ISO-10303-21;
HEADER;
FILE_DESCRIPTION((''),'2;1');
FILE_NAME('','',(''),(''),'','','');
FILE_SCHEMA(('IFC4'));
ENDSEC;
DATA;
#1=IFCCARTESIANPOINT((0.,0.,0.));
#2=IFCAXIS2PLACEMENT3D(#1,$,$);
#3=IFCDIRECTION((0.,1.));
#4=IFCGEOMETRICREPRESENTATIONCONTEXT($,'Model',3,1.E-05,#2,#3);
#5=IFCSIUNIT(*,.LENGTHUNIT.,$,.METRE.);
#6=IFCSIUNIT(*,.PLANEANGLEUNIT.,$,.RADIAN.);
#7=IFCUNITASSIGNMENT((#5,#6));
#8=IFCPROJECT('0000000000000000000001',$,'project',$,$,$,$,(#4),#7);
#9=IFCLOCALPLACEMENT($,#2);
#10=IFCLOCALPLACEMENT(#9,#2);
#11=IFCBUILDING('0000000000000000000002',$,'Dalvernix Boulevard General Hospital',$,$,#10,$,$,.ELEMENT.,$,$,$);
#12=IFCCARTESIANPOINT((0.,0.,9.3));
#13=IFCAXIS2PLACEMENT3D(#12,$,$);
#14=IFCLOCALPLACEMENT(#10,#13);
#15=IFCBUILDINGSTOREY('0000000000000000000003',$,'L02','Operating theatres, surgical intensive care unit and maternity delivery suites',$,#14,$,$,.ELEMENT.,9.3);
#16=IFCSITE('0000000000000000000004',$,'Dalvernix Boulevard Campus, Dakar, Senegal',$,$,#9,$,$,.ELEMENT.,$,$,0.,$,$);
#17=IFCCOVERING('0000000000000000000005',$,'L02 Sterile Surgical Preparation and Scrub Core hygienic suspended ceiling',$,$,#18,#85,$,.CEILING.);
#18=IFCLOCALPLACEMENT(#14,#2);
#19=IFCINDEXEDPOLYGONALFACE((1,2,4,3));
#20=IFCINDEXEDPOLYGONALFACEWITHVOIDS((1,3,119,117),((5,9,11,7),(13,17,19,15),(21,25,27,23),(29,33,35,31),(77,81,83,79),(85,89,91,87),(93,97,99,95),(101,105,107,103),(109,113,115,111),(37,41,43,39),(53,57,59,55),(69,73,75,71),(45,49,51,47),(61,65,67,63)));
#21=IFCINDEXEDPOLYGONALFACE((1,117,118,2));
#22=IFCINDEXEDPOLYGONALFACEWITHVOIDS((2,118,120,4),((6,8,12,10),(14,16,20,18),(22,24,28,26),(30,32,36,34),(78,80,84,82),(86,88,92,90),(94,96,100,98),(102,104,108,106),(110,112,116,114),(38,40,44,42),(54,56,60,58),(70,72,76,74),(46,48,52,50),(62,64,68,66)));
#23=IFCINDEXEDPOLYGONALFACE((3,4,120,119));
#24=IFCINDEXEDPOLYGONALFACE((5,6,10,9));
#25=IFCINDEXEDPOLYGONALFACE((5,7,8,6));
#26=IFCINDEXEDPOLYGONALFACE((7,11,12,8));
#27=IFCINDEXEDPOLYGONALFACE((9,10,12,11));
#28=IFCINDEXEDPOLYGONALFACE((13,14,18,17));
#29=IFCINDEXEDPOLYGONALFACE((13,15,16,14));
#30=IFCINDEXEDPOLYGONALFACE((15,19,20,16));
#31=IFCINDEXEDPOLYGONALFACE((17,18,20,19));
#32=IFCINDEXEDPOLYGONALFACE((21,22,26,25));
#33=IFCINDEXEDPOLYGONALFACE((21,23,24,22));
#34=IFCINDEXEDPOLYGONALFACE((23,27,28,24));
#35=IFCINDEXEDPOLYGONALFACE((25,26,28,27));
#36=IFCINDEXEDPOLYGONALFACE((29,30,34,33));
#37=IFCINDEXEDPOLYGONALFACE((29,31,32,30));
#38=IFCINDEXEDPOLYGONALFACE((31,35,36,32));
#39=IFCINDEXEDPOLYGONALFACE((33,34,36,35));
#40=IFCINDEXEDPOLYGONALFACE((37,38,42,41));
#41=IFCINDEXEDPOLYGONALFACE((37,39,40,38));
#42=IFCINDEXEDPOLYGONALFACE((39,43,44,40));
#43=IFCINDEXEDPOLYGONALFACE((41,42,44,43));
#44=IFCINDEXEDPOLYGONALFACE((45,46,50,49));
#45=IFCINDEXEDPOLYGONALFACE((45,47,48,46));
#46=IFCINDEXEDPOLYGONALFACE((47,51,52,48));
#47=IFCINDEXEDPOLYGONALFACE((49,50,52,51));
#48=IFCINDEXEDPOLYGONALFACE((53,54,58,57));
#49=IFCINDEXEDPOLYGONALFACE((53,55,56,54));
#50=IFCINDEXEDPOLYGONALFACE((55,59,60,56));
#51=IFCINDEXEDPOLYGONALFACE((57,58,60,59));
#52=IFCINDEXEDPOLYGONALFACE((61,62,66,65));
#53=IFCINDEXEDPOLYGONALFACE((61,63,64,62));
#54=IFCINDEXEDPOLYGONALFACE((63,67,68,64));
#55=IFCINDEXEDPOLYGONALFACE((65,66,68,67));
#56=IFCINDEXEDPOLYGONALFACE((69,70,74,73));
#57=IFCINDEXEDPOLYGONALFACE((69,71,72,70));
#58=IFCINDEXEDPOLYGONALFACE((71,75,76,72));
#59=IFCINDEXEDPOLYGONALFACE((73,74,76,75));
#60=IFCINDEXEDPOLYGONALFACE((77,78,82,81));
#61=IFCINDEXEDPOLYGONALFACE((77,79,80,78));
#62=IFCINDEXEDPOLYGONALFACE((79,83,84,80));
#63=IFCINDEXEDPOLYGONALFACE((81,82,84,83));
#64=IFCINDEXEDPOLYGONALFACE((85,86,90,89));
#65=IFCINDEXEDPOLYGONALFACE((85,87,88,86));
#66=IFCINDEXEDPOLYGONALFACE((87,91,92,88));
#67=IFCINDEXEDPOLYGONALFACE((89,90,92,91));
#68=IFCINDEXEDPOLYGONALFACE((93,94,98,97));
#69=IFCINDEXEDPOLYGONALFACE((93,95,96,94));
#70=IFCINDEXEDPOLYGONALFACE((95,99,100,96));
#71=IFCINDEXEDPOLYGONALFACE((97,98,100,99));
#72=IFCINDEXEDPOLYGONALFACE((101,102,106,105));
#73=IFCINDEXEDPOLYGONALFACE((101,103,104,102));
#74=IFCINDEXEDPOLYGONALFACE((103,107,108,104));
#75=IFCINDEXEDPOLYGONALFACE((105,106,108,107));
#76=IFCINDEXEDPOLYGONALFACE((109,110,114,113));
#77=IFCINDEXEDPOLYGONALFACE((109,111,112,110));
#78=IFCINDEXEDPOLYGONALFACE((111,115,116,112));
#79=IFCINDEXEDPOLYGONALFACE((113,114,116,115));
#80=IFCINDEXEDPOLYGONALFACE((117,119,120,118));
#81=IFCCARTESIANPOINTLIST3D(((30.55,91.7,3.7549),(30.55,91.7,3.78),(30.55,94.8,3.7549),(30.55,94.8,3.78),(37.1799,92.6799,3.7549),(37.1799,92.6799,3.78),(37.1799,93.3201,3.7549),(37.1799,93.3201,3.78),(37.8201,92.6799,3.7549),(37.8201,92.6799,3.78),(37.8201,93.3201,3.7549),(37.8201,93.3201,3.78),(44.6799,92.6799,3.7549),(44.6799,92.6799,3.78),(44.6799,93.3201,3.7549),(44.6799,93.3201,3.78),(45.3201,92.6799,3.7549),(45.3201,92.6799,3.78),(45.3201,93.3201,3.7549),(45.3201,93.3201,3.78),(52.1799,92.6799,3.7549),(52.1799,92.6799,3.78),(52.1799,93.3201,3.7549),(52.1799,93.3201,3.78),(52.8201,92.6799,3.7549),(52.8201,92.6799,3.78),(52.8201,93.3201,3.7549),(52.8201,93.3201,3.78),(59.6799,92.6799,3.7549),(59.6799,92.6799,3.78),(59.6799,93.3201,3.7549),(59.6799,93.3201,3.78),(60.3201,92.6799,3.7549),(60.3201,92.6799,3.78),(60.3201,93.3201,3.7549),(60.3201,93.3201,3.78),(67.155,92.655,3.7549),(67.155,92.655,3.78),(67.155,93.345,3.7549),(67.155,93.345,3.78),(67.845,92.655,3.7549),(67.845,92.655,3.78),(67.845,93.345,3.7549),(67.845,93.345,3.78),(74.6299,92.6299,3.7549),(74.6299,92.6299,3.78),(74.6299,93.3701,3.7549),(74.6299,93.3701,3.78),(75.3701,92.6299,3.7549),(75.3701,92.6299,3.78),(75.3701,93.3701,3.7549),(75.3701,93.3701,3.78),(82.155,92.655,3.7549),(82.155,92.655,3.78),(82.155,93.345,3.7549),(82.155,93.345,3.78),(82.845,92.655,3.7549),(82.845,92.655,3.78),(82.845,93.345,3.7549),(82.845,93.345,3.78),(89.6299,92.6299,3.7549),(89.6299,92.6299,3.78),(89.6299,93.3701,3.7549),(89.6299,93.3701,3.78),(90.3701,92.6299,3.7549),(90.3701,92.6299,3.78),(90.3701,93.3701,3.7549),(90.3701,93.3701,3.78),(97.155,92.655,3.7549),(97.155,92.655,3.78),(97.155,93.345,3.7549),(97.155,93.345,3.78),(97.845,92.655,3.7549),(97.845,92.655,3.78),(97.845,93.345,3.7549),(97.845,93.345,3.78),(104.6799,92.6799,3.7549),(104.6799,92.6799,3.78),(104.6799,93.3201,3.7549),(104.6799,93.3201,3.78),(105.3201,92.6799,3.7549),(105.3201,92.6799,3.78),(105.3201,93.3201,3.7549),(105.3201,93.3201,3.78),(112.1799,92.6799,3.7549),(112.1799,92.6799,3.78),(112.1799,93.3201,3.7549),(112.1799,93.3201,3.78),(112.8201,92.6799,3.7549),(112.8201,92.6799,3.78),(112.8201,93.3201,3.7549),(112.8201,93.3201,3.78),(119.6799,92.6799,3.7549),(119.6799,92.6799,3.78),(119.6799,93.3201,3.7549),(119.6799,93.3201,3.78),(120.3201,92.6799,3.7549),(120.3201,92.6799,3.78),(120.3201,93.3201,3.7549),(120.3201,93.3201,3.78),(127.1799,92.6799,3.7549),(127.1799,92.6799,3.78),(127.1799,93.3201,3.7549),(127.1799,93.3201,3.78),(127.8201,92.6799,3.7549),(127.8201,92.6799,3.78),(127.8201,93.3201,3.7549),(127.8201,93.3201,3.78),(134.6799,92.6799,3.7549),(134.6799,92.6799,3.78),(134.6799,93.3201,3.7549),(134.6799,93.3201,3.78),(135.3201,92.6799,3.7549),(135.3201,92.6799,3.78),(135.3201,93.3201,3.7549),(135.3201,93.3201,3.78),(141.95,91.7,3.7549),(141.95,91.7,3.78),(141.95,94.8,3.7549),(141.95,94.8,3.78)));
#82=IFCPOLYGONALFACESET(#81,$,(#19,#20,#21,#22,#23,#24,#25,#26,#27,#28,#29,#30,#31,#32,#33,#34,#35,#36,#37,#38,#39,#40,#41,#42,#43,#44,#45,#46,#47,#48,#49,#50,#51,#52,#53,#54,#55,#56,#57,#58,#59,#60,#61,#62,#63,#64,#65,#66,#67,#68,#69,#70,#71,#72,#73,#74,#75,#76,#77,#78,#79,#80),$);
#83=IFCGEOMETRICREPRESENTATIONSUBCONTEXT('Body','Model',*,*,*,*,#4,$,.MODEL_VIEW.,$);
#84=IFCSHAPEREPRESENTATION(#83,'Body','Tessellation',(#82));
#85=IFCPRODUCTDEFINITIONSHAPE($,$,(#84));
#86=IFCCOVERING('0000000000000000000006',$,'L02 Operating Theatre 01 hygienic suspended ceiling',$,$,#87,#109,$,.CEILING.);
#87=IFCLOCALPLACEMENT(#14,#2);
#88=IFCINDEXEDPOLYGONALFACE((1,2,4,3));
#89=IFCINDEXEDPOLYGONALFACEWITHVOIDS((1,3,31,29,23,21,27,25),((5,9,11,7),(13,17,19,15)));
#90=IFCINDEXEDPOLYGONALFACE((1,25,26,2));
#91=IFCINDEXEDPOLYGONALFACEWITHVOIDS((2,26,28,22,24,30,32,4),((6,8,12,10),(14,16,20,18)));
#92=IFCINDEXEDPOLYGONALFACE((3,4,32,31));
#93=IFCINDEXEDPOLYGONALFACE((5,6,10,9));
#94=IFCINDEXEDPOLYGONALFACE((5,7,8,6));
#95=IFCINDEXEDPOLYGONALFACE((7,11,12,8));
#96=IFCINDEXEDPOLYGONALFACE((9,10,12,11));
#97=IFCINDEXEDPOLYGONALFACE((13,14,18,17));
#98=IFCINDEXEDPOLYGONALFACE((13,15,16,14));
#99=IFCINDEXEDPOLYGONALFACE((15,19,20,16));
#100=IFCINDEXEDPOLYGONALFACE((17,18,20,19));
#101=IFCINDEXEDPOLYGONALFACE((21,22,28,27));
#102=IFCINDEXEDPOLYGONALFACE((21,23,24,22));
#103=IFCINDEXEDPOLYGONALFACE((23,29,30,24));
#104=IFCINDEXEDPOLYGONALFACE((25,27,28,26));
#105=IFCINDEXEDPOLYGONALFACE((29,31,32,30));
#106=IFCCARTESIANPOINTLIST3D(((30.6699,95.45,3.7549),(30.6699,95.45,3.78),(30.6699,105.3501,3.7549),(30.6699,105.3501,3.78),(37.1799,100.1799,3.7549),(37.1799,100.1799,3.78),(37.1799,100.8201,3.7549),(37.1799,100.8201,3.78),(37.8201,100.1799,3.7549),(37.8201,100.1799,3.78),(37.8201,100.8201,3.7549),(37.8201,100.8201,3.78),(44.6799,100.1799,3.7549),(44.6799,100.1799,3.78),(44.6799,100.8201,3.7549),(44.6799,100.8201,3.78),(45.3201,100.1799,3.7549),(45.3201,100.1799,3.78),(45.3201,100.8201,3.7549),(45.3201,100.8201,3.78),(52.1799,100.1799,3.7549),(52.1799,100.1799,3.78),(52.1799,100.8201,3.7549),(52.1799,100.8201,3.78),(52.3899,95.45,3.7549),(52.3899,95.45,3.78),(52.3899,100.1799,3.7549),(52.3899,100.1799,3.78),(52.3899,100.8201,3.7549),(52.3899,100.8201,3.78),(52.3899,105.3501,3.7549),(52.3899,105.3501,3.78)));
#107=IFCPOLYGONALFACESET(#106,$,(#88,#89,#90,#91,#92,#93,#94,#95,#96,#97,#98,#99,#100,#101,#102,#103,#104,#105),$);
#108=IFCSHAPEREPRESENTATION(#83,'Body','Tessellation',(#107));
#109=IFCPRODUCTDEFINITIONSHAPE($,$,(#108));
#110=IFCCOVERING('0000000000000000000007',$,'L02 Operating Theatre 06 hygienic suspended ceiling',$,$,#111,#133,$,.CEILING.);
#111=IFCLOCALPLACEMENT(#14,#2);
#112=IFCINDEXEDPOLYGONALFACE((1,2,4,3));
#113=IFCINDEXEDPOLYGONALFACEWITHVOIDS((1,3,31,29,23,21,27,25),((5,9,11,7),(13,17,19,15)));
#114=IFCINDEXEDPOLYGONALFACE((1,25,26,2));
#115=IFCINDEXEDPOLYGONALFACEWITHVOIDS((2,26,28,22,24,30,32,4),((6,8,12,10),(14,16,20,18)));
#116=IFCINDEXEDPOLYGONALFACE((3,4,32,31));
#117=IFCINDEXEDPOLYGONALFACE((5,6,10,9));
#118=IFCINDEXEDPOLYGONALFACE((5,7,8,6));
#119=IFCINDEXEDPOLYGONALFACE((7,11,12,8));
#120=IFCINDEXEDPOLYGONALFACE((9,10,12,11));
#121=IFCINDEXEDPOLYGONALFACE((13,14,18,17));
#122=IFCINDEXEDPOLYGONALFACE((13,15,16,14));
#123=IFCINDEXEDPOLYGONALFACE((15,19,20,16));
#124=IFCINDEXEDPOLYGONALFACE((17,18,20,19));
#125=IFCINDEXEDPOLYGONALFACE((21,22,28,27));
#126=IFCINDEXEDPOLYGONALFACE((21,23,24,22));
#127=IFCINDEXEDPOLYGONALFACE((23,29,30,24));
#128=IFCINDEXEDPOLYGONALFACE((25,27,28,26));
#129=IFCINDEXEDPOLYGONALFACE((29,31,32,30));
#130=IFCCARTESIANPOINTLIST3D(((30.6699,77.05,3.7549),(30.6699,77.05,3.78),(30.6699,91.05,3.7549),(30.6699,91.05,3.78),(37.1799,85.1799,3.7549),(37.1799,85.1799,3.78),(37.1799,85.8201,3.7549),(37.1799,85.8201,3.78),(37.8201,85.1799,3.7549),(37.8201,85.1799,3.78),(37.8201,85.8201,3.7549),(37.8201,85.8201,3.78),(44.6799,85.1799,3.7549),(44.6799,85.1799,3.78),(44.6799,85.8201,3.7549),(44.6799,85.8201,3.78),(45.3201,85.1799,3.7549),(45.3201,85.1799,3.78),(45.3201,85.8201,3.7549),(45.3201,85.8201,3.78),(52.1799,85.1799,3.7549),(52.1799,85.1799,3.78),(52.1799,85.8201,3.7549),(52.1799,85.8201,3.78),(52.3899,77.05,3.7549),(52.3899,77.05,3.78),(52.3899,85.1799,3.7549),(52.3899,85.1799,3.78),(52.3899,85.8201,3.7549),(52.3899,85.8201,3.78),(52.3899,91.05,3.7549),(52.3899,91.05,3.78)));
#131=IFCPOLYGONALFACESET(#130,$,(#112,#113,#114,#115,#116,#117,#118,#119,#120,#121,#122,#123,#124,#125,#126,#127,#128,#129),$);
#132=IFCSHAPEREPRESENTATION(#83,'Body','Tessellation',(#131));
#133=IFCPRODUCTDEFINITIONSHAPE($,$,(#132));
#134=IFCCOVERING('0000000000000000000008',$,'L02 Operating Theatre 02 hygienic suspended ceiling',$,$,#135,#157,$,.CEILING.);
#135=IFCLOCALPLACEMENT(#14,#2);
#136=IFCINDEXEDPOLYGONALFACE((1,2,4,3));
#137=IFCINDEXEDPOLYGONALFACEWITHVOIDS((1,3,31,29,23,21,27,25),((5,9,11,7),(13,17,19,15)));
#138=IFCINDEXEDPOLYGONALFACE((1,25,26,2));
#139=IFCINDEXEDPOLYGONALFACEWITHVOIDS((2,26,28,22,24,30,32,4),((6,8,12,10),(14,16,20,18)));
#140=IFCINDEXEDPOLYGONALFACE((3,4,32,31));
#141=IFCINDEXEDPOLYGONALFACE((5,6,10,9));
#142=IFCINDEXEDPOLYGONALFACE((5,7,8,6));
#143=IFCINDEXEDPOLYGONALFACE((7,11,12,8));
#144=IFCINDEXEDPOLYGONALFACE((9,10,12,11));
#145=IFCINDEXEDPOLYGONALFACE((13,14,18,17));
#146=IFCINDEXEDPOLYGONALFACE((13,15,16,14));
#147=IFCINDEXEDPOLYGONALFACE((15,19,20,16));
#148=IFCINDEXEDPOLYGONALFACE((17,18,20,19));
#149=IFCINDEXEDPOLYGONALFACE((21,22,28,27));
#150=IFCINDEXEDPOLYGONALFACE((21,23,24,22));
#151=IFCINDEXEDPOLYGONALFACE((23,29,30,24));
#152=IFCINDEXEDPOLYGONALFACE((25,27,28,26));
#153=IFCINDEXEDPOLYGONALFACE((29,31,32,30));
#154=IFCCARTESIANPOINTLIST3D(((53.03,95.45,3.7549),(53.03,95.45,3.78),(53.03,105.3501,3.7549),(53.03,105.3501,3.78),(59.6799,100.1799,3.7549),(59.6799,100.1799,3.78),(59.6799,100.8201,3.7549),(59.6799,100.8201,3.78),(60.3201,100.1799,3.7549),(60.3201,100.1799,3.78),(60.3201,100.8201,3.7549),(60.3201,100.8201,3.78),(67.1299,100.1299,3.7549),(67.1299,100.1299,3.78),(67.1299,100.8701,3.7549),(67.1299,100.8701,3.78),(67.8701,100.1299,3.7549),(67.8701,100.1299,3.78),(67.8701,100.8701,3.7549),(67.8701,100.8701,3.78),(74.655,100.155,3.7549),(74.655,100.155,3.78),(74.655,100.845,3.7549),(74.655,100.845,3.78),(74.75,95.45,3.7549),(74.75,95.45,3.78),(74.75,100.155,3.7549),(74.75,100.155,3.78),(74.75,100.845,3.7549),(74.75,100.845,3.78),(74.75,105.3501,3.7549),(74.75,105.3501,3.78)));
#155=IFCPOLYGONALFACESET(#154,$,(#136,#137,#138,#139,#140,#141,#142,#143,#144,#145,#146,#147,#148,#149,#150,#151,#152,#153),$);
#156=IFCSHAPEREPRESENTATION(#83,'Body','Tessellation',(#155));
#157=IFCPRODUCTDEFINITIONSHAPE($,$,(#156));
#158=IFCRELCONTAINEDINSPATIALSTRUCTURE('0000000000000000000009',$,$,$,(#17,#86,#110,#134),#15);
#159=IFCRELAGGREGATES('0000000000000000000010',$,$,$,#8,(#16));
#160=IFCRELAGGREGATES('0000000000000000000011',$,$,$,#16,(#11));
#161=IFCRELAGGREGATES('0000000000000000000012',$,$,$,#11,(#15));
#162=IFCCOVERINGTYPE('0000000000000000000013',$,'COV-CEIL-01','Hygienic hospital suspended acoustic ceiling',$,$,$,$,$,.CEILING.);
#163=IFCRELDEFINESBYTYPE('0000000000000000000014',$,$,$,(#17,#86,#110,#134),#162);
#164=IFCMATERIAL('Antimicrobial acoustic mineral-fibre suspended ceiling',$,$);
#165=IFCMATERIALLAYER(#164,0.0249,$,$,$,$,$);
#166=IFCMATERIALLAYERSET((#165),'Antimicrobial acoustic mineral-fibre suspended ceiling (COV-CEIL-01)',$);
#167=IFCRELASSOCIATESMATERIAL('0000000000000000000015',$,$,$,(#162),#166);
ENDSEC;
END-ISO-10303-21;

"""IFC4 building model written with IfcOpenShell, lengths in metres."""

from ifc_helpers import new_model, si_unit, direction, frame, origin, place, context, subcontext, project, spatial, polyline, outline, extrude, material, layer, layer_set, type_object, element, save


model = new_model("IFC4")

# Units and contexts
model_context = context("Model", 3, precision=1e-05, world=origin(), true_north=direction((0.0, 1.0)))
body_context = subcontext(model_context, "Body", "Model", "MODEL_VIEW")
ifc_project = project(units=[si_unit("LENGTHUNIT", "METRE"), si_unit("PLANEANGLEUNIT", "RADIAN")], contexts=[model_context])

# Site, building, storey
site_placement = place(None, origin())
site = spatial("IfcSite", under=ifc_project, at=site_placement, Name="Dalvernix Boulevard Campus, Dakar, Senegal", CompositionType="ELEMENT", RefElevation=0.0)
building_placement = place(site_placement, origin())
building = spatial("IfcBuilding", under=site, at=building_placement, Name="Dalvernix Boulevard General Hospital", CompositionType="ELEMENT")
storey_placement = place(building_placement, frame((0.0, 0.0, 9.3)))
storey = spatial("IfcBuildingStorey", under=building, at=storey_placement, Name="L02", Description="Operating theatres, surgical intensive care unit and maternity delivery suites", CompositionType="ELEMENT", Elevation=9.3)

# Coverings
ifc_material_1 = material(Name="Antimicrobial acoustic mineral-fibre suspended ceiling")
ifc_layer_1 = layer(ifc_material_1, 0.0249)
ifc_layer_set_1 = layer_set([ifc_layer_1], Name="Antimicrobial acoustic mineral-fibre suspended ceiling (COV-CEIL-01)")
covering_type_1 = type_object("IfcCoveringType", Name="COV-CEIL-01", Description="Hygienic hospital suspended acoustic ceiling", PredefinedType="CEILING", material=ifc_layer_set_1)
covering_1_placement = place(storey_placement, frame((0.0, 0.0, 3.7549)))
element("IfcCovering", 1, at=covering_1_placement, inside=storey, type_object=covering_type_1, Name="L02 Sterile Surgical Preparation and Scrub Core hygienic suspended ceiling", PredefinedType="CEILING", context=body_context, shape_type="SweptSolid", body=[
    extrude(outline(polyline([(30.55, 94.8), (141.95, 94.8), (141.95, 91.7), (30.55, 91.7), (30.55, 94.8)]), holes=[polyline([(37.1799, 93.3201), (37.1799, 92.6799), (37.8201, 92.6799), (37.8201, 93.3201), (37.1799, 93.3201)]), polyline([(45.3201, 93.3201), (44.6799, 93.3201), (44.6799, 92.6799), (45.3201, 92.6799), (45.3201, 93.3201)]), polyline([(52.8201, 92.6799), (52.8201, 93.3201), (52.1799, 93.3201), (52.1799, 92.6799), (52.8201, 92.6799)]), polyline([(59.6799, 92.6799), (60.3201, 92.6799), (60.3201, 93.3201), (59.6799, 93.3201), (59.6799, 92.6799)]), polyline([(67.155, 93.345), (67.155, 92.655), (67.845, 92.655), (67.845, 93.345), (67.155, 93.345)]), polyline([(75.3701, 93.3701), (74.6299, 93.3701), (74.6299, 92.6299), (75.3701, 92.6299), (75.3701, 93.3701)]), polyline([(82.845, 92.655), (82.845, 93.345), (82.155, 93.345), (82.155, 92.655), (82.845, 92.655)]), polyline([(89.6299, 92.6299), (90.3701, 92.6299), (90.3701, 93.3701), (89.6299, 93.3701), (89.6299, 92.6299)]), polyline([(97.155, 93.345), (97.155, 92.655), (97.845, 92.655), (97.845, 93.345), (97.155, 93.345)]), polyline([(105.3201, 93.3201), (104.6799, 93.3201), (104.6799, 92.6799), (105.3201, 92.6799), (105.3201, 93.3201)]), polyline([(112.8201, 92.6799), (112.8201, 93.3201), (112.1799, 93.3201), (112.1799, 92.6799), (112.8201, 92.6799)]), polyline([(119.6799, 92.6799), (120.3201, 92.6799), (120.3201, 93.3201), (119.6799, 93.3201), (119.6799, 92.6799)]), polyline([(127.1799, 93.3201), (127.1799, 92.6799), (127.8201, 92.6799), (127.8201, 93.3201), (127.1799, 93.3201)]), polyline([(135.3201, 93.3201), (134.6799, 93.3201), (134.6799, 92.6799), (135.3201, 92.6799), (135.3201, 93.3201)])]), origin(), (0.0, 0.0, 1.0), 0.0251),
])
covering_2_placement = place(storey_placement, frame((0.0, 0.0, 3.7549)))
element("IfcCovering", 2, at=covering_2_placement, inside=storey, type_object=covering_type_1, Name="L02 Operating Theatre 01 hygienic suspended ceiling", PredefinedType="CEILING", context=body_context, shape_type="SweptSolid", body=[
    extrude(outline(polyline([(52.3899, 105.3501), (52.3899, 100.8201), (52.1799, 100.8201), (52.1799, 100.1799), (52.3899, 100.1799), (52.3899, 95.45), (30.6699, 95.45), (30.6699, 105.3501), (52.3899, 105.3501)]), holes=[polyline([(37.1799, 100.1799), (37.8201, 100.1799), (37.8201, 100.8201), (37.1799, 100.8201), (37.1799, 100.1799)]), polyline([(44.6799, 100.8201), (44.6799, 100.1799), (45.3201, 100.1799), (45.3201, 100.8201), (44.6799, 100.8201)])]), origin(), (0.0, 0.0, 1.0), 0.0251),
])
covering_3_placement = place(storey_placement, frame((0.0, 0.0, 3.7549)))
element("IfcCovering", 3, at=covering_3_placement, inside=storey, type_object=covering_type_1, Name="L02 Operating Theatre 06 hygienic suspended ceiling", PredefinedType="CEILING", context=body_context, shape_type="SweptSolid", body=[
    extrude(outline(polyline([(52.3899, 91.05), (52.3899, 85.8201), (52.1799, 85.8201), (52.1799, 85.1799), (52.3899, 85.1799), (52.3899, 77.05), (30.6699, 77.05), (30.6699, 91.05), (52.3899, 91.05)]), holes=[polyline([(37.1799, 85.1799), (37.8201, 85.1799), (37.8201, 85.8201), (37.1799, 85.8201), (37.1799, 85.1799)]), polyline([(44.6799, 85.8201), (44.6799, 85.1799), (45.3201, 85.1799), (45.3201, 85.8201), (44.6799, 85.8201)])]), origin(), (0.0, 0.0, 1.0), 0.0251),
])
covering_4_placement = place(storey_placement, frame((0.0, 0.0, 3.7549)))
element("IfcCovering", 4, at=covering_4_placement, inside=storey, type_object=covering_type_1, Name="L02 Operating Theatre 02 hygienic suspended ceiling", PredefinedType="CEILING", context=body_context, shape_type="SweptSolid", body=[
    extrude(outline(polyline([(74.75, 105.3501), (74.75, 100.845), (74.655, 100.845), (74.655, 100.155), (74.75, 100.155), (74.75, 95.45), (53.03, 95.45), (53.03, 105.3501), (74.75, 105.3501)]), holes=[polyline([(59.6799, 100.1799), (60.3201, 100.1799), (60.3201, 100.8201), (59.6799, 100.8201), (59.6799, 100.1799)]), polyline([(67.1299, 100.8701), (67.1299, 100.1299), (67.8701, 100.1299), (67.8701, 100.8701), (67.1299, 100.8701)])]), origin(), (0.0, 0.0, 1.0), 0.0251),
])

save(model, "model.ifc")
